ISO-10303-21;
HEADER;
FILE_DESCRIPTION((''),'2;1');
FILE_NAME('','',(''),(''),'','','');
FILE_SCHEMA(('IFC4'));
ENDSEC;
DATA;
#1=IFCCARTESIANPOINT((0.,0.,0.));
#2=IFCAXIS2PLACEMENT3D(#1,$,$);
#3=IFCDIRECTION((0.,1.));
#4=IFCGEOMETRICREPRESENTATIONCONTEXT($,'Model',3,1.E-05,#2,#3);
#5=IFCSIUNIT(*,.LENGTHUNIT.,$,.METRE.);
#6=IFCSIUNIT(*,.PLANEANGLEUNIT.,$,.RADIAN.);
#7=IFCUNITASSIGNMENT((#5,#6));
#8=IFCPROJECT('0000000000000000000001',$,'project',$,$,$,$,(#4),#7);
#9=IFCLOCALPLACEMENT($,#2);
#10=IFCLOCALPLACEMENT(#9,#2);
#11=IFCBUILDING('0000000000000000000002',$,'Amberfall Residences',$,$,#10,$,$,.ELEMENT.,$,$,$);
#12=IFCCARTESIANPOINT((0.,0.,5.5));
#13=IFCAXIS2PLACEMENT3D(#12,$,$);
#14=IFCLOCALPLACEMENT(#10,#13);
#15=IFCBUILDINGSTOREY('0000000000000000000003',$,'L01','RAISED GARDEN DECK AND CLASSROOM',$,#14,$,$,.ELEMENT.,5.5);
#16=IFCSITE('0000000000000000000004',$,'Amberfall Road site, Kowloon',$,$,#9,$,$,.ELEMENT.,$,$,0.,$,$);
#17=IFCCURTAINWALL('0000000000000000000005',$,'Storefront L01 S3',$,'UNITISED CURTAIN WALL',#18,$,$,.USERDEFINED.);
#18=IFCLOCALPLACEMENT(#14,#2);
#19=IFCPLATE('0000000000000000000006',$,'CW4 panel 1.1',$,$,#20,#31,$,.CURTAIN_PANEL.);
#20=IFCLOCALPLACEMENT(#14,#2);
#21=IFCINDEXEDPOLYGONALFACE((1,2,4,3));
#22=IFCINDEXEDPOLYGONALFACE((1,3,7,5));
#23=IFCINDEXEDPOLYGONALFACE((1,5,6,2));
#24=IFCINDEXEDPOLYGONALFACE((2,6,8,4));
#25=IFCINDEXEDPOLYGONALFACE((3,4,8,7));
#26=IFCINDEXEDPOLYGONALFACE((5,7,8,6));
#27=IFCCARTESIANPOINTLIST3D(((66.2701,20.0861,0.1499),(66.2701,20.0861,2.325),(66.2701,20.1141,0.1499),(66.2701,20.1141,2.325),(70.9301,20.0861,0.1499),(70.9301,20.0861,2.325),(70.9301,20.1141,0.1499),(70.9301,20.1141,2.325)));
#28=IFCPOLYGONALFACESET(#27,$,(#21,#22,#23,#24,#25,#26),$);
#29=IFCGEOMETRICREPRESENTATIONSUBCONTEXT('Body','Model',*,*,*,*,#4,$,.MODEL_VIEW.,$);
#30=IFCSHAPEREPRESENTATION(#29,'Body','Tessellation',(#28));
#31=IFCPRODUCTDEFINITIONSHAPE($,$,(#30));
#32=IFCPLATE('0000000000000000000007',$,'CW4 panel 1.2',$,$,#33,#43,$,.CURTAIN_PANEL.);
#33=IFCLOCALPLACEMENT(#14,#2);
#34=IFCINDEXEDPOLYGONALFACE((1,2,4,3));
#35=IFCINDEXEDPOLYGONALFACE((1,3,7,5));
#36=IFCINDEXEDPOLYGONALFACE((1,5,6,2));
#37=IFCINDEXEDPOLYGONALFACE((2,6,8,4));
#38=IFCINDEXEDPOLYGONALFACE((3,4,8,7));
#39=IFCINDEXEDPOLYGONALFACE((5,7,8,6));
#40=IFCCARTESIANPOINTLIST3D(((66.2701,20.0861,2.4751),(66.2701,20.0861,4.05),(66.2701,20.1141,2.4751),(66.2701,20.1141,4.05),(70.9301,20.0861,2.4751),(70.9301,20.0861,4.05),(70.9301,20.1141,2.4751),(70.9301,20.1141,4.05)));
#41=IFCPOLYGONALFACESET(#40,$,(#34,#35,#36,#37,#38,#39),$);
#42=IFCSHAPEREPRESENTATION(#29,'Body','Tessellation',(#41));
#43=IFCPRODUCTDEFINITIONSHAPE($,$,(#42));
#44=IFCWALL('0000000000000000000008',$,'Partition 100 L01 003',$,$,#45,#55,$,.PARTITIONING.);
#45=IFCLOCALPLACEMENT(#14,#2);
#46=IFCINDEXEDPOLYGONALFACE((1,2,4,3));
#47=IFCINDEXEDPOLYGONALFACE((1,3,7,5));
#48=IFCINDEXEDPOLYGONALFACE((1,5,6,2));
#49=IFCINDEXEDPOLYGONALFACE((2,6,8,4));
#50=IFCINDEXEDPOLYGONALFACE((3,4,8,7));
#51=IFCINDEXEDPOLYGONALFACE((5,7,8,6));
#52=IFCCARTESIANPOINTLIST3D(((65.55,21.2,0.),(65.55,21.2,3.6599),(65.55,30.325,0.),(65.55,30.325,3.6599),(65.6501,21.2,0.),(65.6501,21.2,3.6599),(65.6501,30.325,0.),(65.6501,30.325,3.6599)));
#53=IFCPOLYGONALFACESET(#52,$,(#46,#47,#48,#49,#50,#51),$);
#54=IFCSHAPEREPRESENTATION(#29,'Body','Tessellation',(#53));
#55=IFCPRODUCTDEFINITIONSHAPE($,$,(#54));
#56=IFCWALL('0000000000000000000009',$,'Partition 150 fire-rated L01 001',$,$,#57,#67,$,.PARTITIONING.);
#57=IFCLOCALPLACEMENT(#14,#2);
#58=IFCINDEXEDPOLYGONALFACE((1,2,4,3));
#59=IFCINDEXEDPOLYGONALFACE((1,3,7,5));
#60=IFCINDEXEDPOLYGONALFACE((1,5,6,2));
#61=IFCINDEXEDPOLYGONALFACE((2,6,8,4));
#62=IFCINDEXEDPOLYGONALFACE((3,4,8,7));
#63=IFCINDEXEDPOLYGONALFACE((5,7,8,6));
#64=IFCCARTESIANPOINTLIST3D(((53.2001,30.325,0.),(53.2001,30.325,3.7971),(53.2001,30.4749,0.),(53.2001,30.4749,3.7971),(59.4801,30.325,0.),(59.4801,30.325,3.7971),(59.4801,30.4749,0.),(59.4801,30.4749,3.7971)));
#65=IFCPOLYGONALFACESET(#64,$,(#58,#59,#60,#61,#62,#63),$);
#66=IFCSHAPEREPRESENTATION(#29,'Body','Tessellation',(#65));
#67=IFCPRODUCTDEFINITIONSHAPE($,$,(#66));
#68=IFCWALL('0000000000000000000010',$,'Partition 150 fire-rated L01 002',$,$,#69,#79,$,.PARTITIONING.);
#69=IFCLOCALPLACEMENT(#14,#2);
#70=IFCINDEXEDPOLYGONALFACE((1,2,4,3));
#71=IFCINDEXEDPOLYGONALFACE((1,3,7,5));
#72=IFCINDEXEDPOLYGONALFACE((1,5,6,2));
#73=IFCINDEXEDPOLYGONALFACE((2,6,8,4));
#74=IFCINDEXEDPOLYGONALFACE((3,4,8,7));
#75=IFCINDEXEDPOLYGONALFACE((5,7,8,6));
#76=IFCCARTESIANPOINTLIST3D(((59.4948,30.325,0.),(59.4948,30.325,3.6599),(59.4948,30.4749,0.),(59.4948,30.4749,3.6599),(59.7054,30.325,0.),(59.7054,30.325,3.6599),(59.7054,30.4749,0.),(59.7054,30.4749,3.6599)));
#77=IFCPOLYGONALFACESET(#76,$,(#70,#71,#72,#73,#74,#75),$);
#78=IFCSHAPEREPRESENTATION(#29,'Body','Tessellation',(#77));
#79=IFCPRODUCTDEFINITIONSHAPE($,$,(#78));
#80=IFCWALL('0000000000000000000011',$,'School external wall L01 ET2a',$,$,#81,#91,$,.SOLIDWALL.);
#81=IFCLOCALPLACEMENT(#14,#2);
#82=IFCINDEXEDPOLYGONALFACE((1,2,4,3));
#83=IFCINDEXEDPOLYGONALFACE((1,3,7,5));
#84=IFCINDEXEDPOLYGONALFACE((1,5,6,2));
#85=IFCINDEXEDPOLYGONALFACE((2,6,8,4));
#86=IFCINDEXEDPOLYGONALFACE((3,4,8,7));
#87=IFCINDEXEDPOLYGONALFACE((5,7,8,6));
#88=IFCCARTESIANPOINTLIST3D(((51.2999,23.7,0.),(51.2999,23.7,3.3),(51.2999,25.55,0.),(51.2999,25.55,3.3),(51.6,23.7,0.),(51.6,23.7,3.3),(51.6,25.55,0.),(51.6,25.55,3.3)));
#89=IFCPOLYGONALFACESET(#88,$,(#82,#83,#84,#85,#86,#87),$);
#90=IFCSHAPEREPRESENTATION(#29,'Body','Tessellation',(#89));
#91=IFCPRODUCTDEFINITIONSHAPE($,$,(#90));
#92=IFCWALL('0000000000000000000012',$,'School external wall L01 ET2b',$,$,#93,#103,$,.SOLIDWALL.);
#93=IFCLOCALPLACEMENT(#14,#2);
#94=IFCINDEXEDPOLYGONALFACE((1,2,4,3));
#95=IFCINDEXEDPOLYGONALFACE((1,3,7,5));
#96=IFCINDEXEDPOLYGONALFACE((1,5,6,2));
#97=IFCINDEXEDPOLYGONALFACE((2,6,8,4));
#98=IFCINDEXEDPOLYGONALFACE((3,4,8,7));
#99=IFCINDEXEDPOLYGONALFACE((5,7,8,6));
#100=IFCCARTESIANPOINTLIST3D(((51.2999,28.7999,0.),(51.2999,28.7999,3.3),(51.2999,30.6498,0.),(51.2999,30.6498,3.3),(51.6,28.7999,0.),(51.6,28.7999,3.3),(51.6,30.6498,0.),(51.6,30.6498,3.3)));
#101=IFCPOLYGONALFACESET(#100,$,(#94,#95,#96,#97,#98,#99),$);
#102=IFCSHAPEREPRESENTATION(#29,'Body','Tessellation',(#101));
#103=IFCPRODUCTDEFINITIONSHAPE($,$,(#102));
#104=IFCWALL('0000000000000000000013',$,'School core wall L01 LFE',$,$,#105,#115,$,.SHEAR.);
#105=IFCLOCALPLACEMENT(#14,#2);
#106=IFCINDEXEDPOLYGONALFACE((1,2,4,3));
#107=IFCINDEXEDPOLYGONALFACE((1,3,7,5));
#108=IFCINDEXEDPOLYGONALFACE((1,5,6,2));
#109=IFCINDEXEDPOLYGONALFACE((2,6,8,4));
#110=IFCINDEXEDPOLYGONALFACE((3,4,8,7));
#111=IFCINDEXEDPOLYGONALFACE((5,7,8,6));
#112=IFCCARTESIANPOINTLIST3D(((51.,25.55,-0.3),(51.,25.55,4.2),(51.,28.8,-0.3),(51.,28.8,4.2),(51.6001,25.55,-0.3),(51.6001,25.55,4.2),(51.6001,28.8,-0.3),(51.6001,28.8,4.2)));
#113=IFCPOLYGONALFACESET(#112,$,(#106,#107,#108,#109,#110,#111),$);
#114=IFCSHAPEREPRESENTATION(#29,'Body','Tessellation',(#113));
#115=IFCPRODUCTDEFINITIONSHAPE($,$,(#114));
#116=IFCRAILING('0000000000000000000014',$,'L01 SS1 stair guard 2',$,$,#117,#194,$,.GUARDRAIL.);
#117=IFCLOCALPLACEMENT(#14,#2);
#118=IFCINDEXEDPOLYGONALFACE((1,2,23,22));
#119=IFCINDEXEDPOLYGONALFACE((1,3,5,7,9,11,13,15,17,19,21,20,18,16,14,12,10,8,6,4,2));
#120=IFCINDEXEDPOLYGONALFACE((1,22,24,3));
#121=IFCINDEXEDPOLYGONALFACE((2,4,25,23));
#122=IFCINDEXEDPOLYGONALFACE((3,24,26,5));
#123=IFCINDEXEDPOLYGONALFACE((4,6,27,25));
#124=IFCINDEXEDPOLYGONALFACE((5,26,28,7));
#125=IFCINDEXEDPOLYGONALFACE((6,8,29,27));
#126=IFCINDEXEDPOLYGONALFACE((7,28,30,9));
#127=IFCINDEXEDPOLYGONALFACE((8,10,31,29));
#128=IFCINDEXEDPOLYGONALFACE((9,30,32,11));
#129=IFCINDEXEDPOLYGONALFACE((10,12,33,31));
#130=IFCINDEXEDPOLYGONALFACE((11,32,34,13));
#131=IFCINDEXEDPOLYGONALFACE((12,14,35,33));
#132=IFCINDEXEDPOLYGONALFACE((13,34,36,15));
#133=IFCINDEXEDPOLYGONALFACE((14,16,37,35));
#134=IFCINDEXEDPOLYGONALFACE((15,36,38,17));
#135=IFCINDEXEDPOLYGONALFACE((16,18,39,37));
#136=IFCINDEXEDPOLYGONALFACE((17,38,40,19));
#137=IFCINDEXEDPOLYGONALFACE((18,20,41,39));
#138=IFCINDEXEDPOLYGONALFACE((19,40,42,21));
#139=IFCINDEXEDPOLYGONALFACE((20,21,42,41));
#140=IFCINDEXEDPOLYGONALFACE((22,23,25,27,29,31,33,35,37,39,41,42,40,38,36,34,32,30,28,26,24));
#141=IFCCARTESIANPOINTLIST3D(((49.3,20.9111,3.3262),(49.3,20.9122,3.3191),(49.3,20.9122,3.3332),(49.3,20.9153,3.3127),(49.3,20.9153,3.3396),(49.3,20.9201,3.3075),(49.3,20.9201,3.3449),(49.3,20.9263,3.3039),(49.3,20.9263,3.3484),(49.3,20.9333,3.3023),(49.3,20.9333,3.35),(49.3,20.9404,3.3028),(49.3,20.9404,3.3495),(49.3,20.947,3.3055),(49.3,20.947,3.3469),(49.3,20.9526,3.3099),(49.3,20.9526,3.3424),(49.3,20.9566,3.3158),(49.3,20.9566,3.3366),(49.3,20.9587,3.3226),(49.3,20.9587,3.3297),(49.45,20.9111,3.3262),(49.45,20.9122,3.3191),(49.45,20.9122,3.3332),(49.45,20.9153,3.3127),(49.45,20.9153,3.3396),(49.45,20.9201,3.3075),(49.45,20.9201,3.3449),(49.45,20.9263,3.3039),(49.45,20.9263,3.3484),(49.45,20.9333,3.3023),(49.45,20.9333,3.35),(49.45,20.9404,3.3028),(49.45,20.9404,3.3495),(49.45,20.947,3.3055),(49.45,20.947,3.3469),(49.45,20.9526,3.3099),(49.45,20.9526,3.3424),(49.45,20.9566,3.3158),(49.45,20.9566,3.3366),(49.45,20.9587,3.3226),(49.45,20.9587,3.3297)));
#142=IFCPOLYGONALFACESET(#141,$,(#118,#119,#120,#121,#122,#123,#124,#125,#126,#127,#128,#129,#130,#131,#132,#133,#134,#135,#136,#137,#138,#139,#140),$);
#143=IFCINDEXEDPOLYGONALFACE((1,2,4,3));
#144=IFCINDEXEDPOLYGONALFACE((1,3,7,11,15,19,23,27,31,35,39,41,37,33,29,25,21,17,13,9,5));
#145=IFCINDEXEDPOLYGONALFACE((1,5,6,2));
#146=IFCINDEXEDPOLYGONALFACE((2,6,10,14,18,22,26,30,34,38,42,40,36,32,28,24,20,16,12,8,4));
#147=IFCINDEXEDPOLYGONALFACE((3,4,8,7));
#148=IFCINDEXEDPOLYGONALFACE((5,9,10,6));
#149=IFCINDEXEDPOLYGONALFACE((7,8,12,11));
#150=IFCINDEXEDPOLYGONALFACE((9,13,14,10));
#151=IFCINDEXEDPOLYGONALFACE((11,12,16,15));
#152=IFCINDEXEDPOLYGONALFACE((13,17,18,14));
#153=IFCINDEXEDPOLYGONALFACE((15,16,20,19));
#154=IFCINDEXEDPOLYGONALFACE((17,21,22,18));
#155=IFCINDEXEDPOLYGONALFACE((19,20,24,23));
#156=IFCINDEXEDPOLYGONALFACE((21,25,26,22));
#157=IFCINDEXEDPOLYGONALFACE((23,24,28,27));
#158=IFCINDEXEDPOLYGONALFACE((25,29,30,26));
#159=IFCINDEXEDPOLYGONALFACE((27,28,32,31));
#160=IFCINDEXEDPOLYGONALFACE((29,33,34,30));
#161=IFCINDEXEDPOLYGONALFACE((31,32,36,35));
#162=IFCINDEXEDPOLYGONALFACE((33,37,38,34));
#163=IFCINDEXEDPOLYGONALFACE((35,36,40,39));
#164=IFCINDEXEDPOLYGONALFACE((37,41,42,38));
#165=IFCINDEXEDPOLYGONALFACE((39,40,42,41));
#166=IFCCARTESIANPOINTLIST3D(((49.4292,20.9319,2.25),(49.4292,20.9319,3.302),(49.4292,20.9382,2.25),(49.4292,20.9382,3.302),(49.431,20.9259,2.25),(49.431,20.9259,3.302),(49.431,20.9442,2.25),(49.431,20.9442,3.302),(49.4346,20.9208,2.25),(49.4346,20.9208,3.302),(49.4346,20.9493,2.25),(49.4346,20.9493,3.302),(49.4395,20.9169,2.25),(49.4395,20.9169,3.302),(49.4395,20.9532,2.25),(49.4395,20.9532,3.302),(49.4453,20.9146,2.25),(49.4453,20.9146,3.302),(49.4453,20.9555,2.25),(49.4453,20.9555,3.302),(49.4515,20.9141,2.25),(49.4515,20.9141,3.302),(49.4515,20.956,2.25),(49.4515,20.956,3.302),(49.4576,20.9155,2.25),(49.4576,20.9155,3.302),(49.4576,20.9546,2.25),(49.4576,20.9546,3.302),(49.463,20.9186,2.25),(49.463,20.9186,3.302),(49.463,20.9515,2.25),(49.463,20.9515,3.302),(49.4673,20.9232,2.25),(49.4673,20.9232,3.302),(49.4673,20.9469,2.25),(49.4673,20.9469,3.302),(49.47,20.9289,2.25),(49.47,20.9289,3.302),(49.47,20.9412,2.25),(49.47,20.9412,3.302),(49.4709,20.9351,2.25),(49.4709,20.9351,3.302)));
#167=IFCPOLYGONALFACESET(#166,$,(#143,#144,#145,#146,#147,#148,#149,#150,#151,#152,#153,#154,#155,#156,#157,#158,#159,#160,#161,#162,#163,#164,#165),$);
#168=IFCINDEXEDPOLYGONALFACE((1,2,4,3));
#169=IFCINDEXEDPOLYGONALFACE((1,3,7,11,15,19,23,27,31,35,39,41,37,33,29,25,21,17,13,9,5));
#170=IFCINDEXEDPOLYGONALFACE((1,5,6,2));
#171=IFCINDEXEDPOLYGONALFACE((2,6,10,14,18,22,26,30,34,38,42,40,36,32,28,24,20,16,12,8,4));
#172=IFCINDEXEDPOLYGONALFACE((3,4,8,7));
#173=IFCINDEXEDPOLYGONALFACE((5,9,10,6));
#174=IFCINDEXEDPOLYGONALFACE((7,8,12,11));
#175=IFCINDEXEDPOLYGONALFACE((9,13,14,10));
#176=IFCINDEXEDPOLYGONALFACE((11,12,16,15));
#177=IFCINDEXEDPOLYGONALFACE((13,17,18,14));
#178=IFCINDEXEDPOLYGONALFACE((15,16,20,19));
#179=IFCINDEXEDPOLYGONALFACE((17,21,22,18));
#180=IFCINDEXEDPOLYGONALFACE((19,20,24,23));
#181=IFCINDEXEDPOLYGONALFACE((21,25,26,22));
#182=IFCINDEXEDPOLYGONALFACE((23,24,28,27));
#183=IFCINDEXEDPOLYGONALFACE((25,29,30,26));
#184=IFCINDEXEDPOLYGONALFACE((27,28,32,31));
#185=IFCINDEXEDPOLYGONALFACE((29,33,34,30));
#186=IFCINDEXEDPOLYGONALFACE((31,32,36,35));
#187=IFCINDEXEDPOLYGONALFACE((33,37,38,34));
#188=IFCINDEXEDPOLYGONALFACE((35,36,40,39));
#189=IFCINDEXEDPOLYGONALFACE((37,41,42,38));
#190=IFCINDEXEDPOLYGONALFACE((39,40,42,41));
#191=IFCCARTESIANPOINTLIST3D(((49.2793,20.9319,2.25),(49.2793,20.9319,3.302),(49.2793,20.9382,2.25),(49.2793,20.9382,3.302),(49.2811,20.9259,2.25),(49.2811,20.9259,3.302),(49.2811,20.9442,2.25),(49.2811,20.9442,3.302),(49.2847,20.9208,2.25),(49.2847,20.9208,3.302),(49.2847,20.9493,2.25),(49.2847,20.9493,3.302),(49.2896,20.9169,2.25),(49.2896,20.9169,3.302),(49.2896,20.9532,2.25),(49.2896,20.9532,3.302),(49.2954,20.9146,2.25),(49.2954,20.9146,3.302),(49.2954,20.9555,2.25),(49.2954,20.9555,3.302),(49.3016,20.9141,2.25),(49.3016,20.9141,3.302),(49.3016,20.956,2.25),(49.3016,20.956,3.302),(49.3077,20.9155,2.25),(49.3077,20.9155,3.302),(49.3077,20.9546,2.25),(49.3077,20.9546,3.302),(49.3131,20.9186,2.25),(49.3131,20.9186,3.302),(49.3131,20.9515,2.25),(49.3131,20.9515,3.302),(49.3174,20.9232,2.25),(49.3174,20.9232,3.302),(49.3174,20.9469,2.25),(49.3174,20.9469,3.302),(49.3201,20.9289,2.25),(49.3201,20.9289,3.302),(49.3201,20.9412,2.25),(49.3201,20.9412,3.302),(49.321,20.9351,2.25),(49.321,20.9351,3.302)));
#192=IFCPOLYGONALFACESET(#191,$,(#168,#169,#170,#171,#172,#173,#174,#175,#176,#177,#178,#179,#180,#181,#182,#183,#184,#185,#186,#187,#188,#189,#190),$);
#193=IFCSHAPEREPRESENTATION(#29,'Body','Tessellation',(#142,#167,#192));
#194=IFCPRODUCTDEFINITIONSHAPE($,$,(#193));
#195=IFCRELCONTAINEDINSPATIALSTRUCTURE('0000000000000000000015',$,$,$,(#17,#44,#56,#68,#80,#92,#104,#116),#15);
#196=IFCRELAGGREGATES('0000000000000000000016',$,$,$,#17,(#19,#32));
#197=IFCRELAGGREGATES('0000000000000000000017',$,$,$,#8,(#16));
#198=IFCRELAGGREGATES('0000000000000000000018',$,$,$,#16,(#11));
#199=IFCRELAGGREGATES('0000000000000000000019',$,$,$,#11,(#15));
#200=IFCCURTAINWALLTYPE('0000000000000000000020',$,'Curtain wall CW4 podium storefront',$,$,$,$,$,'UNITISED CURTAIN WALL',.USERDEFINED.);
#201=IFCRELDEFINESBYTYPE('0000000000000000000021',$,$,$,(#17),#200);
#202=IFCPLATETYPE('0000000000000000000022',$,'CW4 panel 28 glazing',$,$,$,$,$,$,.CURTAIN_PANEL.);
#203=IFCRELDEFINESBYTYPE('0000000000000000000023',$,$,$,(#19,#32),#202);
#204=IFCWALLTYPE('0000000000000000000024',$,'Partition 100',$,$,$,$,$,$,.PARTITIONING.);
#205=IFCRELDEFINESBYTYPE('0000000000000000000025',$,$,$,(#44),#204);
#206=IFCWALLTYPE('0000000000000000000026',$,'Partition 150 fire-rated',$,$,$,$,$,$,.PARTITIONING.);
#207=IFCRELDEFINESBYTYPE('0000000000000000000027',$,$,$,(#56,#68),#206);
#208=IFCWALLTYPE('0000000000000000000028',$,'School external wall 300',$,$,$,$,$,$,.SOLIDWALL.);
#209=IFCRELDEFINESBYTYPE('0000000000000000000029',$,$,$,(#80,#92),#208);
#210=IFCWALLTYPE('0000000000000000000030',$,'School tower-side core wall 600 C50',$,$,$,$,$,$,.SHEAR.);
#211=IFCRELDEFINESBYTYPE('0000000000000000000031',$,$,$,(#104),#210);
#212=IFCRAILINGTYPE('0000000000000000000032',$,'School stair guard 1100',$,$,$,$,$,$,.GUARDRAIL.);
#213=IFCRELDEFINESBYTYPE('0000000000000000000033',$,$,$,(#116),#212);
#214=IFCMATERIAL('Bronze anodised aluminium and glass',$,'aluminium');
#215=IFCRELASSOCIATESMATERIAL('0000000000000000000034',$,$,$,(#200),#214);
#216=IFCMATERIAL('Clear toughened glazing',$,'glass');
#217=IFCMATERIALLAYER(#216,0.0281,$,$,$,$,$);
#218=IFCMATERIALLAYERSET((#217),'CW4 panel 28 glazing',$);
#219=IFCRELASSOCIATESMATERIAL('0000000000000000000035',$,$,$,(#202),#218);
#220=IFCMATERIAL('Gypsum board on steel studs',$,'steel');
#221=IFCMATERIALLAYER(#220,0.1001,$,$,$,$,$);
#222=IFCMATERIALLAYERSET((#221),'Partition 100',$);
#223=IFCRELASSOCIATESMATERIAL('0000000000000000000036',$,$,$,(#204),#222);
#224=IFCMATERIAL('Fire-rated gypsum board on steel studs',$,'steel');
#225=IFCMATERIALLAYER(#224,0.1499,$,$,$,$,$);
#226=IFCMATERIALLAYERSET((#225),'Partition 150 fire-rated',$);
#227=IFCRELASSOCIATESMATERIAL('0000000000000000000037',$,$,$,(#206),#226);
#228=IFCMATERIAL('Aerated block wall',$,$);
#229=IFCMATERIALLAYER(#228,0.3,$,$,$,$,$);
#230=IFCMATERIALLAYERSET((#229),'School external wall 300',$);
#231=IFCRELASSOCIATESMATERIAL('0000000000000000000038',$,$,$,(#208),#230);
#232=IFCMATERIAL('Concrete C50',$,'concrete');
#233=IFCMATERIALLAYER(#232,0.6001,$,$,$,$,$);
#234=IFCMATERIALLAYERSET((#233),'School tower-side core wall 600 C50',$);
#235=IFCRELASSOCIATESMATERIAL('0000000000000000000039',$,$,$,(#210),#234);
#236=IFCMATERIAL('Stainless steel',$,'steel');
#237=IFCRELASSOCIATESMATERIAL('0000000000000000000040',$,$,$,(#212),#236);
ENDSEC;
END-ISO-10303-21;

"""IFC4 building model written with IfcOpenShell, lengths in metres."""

from ifc_helpers import new_model, si_unit, direction, frame, frame_2d, origin, origin_2d, place, context, subcontext, project, spatial, rectangle, circle, extrude, material, layer, layer_set, type_object, element, aggregate, save


model = new_model("IFC4")

# Units and contexts
model_context = context("Model", 3, precision=1e-05, world=origin(), true_north=direction((0.0, 1.0)))
body_context = subcontext(model_context, "Body", "Model", "MODEL_VIEW")
ifc_project = project(units=[si_unit("LENGTHUNIT", "METRE"), si_unit("PLANEANGLEUNIT", "RADIAN")], contexts=[model_context])

# Site, building, storey
site_placement = place(None, origin())
site = spatial("IfcSite", under=ifc_project, at=site_placement, Name="Amberfall Road site, Kowloon", CompositionType="ELEMENT", RefElevation=0.0)
building_placement = place(site_placement, origin())
building = spatial("IfcBuilding", under=site, at=building_placement, Name="Amberfall Residences", CompositionType="ELEMENT")
storey_placement = place(building_placement, frame((0.0, 0.0, 5.5)))
storey = spatial("IfcBuildingStorey", under=building, at=storey_placement, Name="L01", Description="RAISED GARDEN DECK AND CLASSROOM", CompositionType="ELEMENT", Elevation=5.5)

# Shared definitions
ifc_material_1 = material(Name="Concrete C50", Category="concrete")

# Curtain wall
ifc_material_2 = material(Name="Bronze anodised aluminium and glass", Category="aluminium")
curtain_wall_type = type_object("IfcCurtainWallType", Name="Curtain wall CW4 podium storefront", ElementType="UNITISED CURTAIN WALL", PredefinedType="USERDEFINED", material=ifc_material_2)
curtain_wall_placement = place(storey_placement, origin())
curtain_wall = element("IfcCurtainWall", 1, at=curtain_wall_placement, inside=storey, type_object=curtain_wall_type, Name="Storefront L01 S3", ObjectType="UNITISED CURTAIN WALL", PredefinedType="USERDEFINED")

# Plates
ifc_material_3 = material(Name="Clear toughened glazing", Category="glass")
ifc_layer_1 = layer(ifc_material_3, 0.0281)
ifc_layer_set_1 = layer_set([ifc_layer_1], Name="CW4 panel 28 glazing")
plate_type = type_object("IfcPlateType", Name="CW4 panel 28 glazing", PredefinedType="CURTAIN_PANEL", material=ifc_layer_set_1)
plate_1_placement = place(storey_placement, frame((68.6001, 20.1001, 0.1499), z_axis=(0.0, 0.0, 1.0), x_axis=(1.0, 0.0, 0.0)))
plate_1 = element("IfcPlate", 2, at=plate_1_placement, type_object=plate_type, Name="CW4 panel 1.1", PredefinedType="CURTAIN_PANEL", context=body_context, shape_type="SweptSolid", body=[
    extrude(rectangle(XDim=4.6599, YDim=0.0281, at=origin_2d()), origin(), (0.0, 0.0, 1.0), 2.175),
])
plate_2_placement = place(storey_placement, frame((68.6001, 20.1001, 2.4751), z_axis=(0.0, 0.0, 1.0), x_axis=(1.0, 0.0, 0.0)))
plate_2 = element("IfcPlate", 3, at=plate_2_placement, type_object=plate_type, Name="CW4 panel 1.2", PredefinedType="CURTAIN_PANEL", context=body_context, shape_type="SweptSolid", body=[
    extrude(rectangle(XDim=4.6599, YDim=0.0281, at=origin_2d()), origin(), (0.0, 0.0, 1.0), 1.575),
])
aggregate(curtain_wall, [plate_1, plate_2])

# Walls
ifc_material_4 = material(Name="Gypsum board on steel studs", Category="steel")
ifc_layer_2 = layer(ifc_material_4, 0.1001)
ifc_layer_set_2 = layer_set([ifc_layer_2], Name="Partition 100")
wall_type_1 = type_object("IfcWallType", Name="Partition 100", PredefinedType="PARTITIONING", material=ifc_layer_set_2)
wall_1_placement = place(storey_placement, frame((65.6001, 21.2, 0.0), z_axis=(0.0, 0.0, 1.0), x_axis=(0.0, 1.0, 0.0)))
element("IfcWall", 4, at=wall_1_placement, inside=storey, type_object=wall_type_1, Name="Partition 100 L01 003", PredefinedType="PARTITIONING", context=body_context, shape_type="SweptSolid", body=[
    extrude(rectangle(XDim=9.125, YDim=0.1001, at=frame_2d((4.5625, 0.0))), origin(), (0.0, 0.0, 1.0), 3.6599),
])
ifc_material_5 = material(Name="Fire-rated gypsum board on steel studs", Category="steel")
ifc_layer_3 = layer(ifc_material_5, 0.1499)
ifc_layer_set_3 = layer_set([ifc_layer_3], Name="Partition 150 fire-rated")
wall_type_2 = type_object("IfcWallType", Name="Partition 150 fire-rated", PredefinedType="PARTITIONING", material=ifc_layer_set_3)
wall_2_placement = place(storey_placement, frame((53.2, 30.3999, 0.0), z_axis=(0.0, 0.0, 1.0), x_axis=(1.0, 0.0, 0.0)))
element("IfcWall", 5, at=wall_2_placement, inside=storey, type_object=wall_type_2, Name="Partition 150 fire-rated L01 001", PredefinedType="PARTITIONING", context=body_context, shape_type="SweptSolid", body=[
    extrude(rectangle(XDim=6.28, YDim=0.1499, at=frame_2d((3.1401, 0.0))), origin(), (0.0, 0.0, 1.0), 3.7971),
])
wall_3_placement = place(storey_placement, frame((59.4946, 30.3999, 0.0), z_axis=(0.0, 0.0, 1.0), x_axis=(1.0, 0.0, 0.0)))
element("IfcWall", 6, at=wall_3_placement, inside=storey, type_object=wall_type_2, Name="Partition 150 fire-rated L01 002", PredefinedType="PARTITIONING", context=body_context, shape_type="SweptSolid", body=[
    extrude(rectangle(XDim=0.2107, YDim=0.1499, at=frame_2d((0.1055, 0.0))), origin(), (0.0, 0.0, 1.0), 3.6599),
])
ifc_material_6 = material(Name="Aerated block wall")
ifc_layer_4 = layer(ifc_material_6, 0.3)
ifc_layer_set_4 = layer_set([ifc_layer_4], Name="School external wall 300")
wall_type_3 = type_object("IfcWallType", Name="School external wall 300", PredefinedType="SOLIDWALL", material=ifc_layer_set_4)
wall_4_placement = place(storey_placement, frame((51.45, 23.7, 0.0), z_axis=(0.0, 0.0, 1.0), x_axis=(0.0, 1.0, 0.0)))
element("IfcWall", 7, at=wall_4_placement, inside=storey, type_object=wall_type_3, Name="School external wall L01 ET2a", PredefinedType="SOLIDWALL", context=body_context, shape_type="SweptSolid", body=[
    extrude(rectangle(XDim=1.8501, YDim=0.3, at=frame_2d((0.925, 0.0))), origin(), (0.0, 0.0, 1.0), 3.3),
])
wall_5_placement = place(storey_placement, frame((51.45, 28.8, 0.0), z_axis=(0.0, 0.0, 1.0), x_axis=(0.0, 1.0, 0.0)))
element("IfcWall", 8, at=wall_5_placement, inside=storey, type_object=wall_type_3, Name="School external wall L01 ET2b", PredefinedType="SOLIDWALL", context=body_context, shape_type="SweptSolid", body=[
    extrude(rectangle(XDim=1.8499, YDim=0.3, at=frame_2d((0.9248, 0.0))), origin(), (0.0, 0.0, 1.0), 3.3),
])
ifc_layer_5 = layer(ifc_material_1, 0.6001)
ifc_layer_set_5 = layer_set([ifc_layer_5], Name="School tower-side core wall 600 C50")
wall_type_4 = type_object("IfcWallType", Name="School tower-side core wall 600 C50", PredefinedType="SHEAR", material=ifc_layer_set_5)
wall_6_placement = place(storey_placement, frame((51.3, 25.55, -0.3), z_axis=(0.0, 0.0, 1.0), x_axis=(0.0, 1.0, 0.0)))
element("IfcWall", 9, at=wall_6_placement, inside=storey, type_object=wall_type_4, Name="School core wall L01 LFE", PredefinedType="SHEAR", context=body_context, shape_type="SweptSolid", body=[
    extrude(rectangle(XDim=3.25, YDim=0.6001, at=frame_2d((1.625, 0.0))), origin(), (0.0, 0.0, 1.0), 4.5),
])

# Railing
ifc_material_7 = material(Name="Stainless steel", Category="steel")
railing_type = type_object("IfcRailingType", Name="School stair guard 1100", PredefinedType="GUARDRAIL", material=ifc_material_7)
railing_placement = place(storey_placement, frame((49.45, 20.9351, 2.25)))
element("IfcRailing", 10, at=railing_placement, inside=storey, type_object=railing_type, Name="L01 SS1 stair guard 2", PredefinedType="GUARDRAIL", context=body_context, shape_type="SweptSolid", body=[
    extrude(circle(Radius=0.0239, at=origin_2d()), frame((0.0, 0.0, 1.0762), z_axis=(-1.0, 0.0, 0.0), x_axis=(0.0, -1.0, 0.0)), (0.0, 0.0, 1.0), 0.1499),
    extrude(circle(Radius=0.021, at=origin_2d()), origin(), (0.0, 0.0, 1.0), 1.052),
    extrude(circle(Radius=0.021, at=origin_2d()), frame((-0.1499, 0.0, 0.0)), (0.0, 0.0, 1.0), 1.052),
])

save(model, "model.ifc")
